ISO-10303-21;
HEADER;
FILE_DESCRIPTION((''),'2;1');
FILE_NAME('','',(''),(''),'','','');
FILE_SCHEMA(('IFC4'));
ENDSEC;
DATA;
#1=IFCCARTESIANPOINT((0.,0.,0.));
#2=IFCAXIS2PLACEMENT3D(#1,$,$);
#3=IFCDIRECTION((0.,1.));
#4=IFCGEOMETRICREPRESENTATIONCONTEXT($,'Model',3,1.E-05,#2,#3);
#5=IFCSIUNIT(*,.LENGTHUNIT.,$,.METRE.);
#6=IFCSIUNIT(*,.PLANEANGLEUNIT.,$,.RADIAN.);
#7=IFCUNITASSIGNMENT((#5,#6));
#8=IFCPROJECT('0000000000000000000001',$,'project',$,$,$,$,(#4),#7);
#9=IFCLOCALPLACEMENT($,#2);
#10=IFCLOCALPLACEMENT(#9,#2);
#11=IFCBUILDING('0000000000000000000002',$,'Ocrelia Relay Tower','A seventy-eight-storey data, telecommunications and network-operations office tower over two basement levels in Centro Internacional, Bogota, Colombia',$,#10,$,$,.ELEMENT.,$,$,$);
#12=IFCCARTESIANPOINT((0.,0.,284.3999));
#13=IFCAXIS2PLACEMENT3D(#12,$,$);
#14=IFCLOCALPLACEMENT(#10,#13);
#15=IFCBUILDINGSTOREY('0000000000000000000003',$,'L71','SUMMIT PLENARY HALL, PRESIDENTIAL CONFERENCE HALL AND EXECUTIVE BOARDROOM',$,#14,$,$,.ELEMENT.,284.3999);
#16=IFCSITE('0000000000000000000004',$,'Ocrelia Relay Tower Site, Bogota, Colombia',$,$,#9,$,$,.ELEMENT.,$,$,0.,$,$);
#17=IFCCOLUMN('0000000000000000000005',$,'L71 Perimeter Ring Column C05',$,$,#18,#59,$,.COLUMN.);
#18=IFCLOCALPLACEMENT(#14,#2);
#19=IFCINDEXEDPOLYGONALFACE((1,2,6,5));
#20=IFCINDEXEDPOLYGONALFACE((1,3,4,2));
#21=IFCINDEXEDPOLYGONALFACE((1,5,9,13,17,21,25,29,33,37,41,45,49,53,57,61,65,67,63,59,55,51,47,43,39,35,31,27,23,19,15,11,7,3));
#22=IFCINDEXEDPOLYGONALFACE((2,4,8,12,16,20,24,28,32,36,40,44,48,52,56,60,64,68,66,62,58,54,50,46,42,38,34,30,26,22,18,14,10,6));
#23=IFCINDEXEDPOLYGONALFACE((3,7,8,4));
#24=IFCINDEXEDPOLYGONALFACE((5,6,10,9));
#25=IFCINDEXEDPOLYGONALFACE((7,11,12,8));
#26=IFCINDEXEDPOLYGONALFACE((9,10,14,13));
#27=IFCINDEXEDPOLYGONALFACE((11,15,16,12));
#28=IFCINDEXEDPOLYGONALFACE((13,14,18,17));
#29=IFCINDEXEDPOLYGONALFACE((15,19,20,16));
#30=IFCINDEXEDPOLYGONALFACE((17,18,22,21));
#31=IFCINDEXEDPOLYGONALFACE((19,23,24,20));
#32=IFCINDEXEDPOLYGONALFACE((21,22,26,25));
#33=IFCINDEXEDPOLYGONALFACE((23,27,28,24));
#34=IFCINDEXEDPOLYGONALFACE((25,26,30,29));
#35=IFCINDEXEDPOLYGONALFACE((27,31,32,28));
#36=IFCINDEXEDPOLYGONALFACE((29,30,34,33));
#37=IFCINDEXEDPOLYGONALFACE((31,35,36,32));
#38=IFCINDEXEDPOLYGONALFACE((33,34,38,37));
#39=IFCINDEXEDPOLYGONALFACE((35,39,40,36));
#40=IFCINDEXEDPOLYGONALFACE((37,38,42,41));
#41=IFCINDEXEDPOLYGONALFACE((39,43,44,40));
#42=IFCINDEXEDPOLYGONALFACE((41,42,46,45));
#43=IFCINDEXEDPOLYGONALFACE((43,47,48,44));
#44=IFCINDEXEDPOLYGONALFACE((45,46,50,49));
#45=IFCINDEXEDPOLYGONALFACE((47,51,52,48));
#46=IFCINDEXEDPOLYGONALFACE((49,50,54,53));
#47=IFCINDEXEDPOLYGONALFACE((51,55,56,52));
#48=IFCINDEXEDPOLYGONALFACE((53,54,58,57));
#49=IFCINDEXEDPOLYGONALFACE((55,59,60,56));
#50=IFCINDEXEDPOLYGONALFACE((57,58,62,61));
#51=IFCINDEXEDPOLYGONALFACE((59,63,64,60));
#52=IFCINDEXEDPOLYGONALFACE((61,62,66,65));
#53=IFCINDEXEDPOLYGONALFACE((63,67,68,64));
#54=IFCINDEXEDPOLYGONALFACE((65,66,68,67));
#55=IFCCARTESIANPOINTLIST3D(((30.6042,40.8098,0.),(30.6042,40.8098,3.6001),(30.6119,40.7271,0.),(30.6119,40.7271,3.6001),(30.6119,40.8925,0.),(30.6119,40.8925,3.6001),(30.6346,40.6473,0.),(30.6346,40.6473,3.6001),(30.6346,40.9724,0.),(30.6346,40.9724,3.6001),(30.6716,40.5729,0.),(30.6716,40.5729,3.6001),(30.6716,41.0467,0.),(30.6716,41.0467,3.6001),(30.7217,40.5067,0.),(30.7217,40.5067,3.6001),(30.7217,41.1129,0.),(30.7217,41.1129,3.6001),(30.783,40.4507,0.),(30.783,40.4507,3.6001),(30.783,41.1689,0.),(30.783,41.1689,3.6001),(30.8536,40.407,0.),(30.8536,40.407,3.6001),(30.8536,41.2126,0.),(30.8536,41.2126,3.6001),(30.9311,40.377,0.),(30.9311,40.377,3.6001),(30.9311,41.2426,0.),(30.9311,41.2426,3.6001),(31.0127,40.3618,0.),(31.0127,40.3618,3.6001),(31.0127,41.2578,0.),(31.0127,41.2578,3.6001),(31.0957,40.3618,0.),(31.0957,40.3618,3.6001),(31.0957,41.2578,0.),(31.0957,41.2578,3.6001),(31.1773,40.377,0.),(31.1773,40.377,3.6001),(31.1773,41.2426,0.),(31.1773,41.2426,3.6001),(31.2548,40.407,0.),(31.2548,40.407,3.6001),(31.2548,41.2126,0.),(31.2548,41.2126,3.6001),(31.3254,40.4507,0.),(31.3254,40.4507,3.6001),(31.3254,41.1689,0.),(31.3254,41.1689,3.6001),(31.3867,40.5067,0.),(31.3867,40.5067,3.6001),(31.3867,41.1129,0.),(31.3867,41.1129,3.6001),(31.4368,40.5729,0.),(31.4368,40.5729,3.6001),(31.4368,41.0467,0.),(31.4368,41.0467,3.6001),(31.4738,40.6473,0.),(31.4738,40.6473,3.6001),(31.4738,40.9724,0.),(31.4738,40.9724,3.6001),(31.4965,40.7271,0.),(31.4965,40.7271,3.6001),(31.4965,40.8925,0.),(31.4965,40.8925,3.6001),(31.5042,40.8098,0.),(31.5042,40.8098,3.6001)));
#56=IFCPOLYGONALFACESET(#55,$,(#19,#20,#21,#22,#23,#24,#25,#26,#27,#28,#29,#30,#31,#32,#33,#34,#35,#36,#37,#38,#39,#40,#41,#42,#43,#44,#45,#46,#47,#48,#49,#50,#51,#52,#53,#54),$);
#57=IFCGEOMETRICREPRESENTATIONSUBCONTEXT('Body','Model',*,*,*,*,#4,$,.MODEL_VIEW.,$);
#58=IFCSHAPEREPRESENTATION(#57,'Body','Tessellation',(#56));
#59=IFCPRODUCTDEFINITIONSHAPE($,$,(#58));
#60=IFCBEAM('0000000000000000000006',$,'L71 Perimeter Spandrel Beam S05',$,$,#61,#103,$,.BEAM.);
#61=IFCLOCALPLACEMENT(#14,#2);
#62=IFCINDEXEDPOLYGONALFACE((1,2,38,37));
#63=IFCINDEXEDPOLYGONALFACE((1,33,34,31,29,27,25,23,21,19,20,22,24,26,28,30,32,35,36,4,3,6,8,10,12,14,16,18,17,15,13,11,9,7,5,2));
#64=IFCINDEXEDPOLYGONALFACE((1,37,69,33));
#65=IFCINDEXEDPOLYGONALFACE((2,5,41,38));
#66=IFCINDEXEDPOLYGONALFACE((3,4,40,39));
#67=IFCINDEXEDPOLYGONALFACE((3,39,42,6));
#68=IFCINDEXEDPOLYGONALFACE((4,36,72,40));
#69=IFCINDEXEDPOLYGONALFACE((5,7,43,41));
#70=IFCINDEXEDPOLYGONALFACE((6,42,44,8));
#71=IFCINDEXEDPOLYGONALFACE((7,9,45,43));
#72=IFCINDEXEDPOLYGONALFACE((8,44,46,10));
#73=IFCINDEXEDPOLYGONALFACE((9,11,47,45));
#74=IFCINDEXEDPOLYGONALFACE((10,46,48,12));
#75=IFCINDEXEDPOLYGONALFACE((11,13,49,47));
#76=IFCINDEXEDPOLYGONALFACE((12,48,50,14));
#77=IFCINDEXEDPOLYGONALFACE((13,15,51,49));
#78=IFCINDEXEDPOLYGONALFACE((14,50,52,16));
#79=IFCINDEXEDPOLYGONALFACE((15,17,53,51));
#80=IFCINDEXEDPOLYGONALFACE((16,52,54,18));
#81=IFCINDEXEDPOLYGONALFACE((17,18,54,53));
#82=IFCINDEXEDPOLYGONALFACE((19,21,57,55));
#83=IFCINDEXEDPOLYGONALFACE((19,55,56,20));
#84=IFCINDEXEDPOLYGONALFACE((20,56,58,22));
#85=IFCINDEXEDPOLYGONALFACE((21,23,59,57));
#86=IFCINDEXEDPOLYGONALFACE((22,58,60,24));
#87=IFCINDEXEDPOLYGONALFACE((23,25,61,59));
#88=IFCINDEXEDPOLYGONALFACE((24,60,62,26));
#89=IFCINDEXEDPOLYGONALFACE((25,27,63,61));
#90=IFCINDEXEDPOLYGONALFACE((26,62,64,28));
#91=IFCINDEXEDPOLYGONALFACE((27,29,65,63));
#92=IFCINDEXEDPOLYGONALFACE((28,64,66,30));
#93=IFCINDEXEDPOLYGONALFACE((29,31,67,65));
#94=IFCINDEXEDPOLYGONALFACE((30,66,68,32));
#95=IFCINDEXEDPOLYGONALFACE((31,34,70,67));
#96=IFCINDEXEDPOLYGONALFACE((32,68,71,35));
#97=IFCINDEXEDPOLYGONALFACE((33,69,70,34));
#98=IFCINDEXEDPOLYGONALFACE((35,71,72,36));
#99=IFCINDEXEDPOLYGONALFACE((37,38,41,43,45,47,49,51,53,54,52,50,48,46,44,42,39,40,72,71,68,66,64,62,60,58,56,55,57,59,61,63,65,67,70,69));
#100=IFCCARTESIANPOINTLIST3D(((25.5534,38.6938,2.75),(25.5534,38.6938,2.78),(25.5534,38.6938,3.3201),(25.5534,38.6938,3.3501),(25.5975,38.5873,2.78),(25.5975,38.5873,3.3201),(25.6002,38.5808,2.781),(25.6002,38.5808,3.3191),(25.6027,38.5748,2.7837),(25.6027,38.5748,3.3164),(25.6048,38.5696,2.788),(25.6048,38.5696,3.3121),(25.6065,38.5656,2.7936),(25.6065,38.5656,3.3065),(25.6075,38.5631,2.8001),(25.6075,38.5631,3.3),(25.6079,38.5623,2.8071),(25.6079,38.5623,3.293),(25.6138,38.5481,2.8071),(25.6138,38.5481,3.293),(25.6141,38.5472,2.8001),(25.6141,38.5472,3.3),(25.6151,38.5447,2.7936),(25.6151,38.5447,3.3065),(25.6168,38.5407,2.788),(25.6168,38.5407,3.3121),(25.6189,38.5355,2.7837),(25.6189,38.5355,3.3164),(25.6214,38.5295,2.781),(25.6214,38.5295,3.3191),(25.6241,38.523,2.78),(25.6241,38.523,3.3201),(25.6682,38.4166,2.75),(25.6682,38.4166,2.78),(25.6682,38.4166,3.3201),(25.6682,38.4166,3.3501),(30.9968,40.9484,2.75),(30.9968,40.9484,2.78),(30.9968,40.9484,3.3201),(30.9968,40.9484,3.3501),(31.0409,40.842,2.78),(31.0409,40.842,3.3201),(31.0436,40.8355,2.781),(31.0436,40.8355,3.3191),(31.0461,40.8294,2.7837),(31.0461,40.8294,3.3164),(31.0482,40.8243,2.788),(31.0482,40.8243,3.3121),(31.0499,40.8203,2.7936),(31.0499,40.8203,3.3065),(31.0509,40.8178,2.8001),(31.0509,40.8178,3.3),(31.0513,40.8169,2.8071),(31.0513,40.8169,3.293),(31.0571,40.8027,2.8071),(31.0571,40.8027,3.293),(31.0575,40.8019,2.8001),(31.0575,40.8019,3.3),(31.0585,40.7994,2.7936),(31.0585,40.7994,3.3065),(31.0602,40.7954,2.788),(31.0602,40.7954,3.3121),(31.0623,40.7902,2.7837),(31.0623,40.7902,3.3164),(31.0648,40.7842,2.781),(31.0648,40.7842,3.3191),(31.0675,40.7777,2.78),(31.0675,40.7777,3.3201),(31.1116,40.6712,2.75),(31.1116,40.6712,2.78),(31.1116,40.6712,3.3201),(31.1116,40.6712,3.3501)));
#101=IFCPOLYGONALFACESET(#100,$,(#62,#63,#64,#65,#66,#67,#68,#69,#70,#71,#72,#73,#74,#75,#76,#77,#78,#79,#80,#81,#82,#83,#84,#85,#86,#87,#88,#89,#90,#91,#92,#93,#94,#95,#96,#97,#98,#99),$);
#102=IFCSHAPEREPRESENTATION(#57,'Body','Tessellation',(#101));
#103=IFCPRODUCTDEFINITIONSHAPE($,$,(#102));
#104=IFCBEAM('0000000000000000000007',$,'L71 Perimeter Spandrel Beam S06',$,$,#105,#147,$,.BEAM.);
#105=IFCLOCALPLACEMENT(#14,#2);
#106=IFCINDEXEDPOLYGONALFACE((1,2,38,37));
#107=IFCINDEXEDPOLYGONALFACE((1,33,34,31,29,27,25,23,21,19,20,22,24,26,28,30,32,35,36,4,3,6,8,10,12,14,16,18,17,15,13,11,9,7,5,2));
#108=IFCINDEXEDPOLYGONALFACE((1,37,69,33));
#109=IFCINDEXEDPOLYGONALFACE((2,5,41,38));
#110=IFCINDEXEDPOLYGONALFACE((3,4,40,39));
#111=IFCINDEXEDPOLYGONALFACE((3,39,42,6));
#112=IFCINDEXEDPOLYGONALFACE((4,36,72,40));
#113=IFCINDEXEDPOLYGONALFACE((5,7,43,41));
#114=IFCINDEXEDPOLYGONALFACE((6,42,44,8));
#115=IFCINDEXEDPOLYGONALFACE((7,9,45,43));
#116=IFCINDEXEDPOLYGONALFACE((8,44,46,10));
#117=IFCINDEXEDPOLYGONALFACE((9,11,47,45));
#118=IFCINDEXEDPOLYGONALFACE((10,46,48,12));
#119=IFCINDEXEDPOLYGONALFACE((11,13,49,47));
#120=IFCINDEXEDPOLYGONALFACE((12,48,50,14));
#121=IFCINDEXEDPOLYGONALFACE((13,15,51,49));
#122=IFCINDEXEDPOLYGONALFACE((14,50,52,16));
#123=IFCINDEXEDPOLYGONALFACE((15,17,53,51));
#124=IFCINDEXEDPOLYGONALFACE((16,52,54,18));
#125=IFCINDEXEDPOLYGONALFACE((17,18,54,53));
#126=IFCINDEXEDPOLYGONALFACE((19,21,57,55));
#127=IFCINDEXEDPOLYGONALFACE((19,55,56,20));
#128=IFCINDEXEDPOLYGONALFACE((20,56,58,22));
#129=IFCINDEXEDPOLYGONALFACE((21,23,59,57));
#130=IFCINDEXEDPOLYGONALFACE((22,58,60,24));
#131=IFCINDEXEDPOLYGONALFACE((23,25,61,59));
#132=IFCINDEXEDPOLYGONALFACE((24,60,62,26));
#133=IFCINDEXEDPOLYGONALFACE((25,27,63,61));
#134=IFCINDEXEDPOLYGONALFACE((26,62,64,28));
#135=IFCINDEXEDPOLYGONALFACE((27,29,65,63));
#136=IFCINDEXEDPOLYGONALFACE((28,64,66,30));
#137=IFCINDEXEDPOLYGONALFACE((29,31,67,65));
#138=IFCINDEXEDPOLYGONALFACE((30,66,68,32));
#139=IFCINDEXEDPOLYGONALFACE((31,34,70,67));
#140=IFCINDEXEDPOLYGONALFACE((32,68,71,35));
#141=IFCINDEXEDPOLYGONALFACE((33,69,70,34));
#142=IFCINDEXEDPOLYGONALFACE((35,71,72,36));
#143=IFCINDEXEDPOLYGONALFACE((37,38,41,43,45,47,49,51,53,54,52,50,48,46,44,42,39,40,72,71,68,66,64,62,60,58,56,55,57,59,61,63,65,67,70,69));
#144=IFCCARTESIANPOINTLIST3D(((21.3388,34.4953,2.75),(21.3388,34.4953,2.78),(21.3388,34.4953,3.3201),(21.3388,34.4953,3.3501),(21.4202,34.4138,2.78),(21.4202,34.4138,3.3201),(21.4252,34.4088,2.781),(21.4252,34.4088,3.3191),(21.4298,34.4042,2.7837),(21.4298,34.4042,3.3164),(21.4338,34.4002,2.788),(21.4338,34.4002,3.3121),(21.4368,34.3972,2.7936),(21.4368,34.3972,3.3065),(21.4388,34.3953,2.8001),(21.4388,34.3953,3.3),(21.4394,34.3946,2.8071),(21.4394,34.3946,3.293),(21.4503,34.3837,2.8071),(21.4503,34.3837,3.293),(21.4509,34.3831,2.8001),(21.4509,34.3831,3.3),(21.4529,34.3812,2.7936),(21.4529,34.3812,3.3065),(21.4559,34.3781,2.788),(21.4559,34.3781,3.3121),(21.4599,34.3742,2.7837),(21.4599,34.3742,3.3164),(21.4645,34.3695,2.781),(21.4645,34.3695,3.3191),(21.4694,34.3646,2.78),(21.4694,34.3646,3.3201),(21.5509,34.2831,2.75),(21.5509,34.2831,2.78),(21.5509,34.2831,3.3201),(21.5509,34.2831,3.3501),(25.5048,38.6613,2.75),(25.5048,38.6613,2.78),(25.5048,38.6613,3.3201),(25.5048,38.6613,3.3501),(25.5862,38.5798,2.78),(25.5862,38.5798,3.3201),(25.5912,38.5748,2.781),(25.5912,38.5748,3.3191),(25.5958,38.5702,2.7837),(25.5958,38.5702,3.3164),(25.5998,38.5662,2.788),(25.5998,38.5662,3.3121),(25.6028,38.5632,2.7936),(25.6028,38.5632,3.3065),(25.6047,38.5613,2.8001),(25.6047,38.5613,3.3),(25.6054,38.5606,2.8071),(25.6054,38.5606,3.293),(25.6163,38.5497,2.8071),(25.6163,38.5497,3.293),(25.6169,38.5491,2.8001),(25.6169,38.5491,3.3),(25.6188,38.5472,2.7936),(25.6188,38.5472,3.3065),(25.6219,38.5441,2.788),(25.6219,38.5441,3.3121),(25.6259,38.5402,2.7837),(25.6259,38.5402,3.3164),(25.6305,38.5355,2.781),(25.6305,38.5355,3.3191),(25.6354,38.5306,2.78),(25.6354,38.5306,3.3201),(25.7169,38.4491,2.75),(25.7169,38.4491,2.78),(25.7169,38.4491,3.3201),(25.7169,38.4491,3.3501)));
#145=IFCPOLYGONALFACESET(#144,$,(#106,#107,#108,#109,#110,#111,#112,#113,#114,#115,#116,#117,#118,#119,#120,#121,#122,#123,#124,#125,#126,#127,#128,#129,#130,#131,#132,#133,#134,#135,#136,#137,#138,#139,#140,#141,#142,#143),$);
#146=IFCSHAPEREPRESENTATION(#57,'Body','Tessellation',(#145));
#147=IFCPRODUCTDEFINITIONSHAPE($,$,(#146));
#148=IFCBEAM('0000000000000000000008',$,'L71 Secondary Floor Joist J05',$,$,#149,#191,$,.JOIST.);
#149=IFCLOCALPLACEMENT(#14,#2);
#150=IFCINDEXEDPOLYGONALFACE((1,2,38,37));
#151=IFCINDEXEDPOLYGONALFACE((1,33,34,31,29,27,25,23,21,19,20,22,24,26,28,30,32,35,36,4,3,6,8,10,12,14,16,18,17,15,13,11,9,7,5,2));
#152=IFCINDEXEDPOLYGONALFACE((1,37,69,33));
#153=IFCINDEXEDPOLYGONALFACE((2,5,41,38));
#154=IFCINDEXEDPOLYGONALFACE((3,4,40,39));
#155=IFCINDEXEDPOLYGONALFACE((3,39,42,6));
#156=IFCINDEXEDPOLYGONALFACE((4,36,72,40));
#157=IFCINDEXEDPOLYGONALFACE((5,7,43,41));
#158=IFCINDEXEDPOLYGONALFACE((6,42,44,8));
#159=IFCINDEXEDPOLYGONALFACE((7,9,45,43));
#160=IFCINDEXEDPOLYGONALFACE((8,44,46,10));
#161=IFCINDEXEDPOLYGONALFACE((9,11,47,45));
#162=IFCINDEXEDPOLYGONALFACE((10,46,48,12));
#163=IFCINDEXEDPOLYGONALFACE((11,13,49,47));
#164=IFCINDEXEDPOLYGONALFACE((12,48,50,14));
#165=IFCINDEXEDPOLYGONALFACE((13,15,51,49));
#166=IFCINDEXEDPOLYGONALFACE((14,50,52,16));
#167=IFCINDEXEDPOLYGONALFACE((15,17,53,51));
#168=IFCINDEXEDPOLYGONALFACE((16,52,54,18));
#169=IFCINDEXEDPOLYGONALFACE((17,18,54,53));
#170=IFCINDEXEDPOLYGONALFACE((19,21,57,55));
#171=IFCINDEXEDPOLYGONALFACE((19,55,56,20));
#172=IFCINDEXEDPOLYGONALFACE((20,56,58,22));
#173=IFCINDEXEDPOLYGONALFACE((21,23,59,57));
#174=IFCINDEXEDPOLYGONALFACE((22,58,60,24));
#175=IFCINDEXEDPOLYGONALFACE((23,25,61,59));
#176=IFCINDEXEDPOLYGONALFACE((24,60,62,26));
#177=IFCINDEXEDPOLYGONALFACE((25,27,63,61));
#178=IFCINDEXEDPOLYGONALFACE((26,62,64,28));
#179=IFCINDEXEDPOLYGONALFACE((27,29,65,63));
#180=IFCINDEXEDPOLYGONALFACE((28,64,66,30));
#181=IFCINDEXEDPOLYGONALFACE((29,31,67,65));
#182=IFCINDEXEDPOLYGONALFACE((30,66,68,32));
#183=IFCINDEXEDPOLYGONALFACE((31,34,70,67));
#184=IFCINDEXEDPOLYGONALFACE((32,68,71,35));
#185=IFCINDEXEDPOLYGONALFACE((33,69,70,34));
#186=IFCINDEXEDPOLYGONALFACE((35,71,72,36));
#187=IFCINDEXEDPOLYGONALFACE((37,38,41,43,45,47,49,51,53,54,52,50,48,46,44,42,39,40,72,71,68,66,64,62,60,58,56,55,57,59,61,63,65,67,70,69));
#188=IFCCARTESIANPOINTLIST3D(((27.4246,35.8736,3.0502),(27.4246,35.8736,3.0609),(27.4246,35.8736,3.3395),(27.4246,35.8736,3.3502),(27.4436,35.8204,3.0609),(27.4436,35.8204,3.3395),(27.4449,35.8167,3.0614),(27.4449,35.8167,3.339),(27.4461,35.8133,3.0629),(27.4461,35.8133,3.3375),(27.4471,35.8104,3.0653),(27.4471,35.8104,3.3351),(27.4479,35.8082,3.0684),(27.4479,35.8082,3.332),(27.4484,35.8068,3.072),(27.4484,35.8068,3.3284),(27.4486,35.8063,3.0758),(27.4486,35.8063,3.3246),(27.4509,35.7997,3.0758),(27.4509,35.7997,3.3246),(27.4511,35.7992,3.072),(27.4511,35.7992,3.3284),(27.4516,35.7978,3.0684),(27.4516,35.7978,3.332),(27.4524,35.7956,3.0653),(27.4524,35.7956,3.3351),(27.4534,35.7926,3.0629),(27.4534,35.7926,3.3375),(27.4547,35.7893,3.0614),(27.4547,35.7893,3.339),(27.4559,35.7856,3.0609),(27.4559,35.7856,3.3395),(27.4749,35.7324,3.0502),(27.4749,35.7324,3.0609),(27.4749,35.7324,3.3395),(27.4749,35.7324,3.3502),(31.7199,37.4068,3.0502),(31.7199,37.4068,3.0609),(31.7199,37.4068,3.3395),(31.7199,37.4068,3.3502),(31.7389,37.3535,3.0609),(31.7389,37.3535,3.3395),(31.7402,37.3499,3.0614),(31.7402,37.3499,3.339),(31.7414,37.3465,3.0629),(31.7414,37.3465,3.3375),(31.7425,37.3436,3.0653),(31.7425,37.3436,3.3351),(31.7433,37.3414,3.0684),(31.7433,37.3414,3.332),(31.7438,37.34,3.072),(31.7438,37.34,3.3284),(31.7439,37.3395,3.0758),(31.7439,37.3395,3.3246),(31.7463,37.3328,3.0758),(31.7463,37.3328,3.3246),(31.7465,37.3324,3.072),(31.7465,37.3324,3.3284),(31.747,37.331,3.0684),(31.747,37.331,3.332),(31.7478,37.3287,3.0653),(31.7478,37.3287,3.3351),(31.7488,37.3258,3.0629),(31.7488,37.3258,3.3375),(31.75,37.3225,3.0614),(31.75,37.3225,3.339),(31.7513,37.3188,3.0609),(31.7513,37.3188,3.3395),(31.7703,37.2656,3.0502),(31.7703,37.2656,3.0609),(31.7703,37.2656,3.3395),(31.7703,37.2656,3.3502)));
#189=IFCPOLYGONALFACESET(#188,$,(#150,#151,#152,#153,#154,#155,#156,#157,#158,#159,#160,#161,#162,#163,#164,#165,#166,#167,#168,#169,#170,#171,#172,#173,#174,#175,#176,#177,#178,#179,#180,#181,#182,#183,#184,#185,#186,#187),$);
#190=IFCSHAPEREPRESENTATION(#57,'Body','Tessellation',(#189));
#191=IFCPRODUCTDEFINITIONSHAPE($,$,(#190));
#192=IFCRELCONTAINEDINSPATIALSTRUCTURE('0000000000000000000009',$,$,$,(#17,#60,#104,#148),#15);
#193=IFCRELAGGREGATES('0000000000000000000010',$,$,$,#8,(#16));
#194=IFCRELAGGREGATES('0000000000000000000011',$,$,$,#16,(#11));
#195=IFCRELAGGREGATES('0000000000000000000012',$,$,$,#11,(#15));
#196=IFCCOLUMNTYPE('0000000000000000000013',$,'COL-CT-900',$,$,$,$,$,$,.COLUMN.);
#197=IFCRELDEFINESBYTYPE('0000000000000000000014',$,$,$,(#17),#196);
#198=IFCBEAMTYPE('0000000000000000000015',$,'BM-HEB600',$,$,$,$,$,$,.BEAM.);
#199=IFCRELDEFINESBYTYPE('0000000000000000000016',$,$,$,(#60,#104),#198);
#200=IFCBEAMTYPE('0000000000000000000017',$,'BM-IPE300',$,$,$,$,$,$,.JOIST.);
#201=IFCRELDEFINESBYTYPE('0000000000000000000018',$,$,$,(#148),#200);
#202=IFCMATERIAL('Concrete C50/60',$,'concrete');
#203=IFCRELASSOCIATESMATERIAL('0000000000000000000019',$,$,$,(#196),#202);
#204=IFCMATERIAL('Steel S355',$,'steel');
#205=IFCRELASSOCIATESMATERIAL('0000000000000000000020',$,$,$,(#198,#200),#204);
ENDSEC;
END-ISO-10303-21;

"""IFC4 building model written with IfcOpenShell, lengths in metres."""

from ifc_helpers import new_model, si_unit, direction, frame, origin, origin_2d, place, context, subcontext, project, spatial, circle, i_section, extrude, material, material_profile, profile_set, type_object, element, save


model = new_model("IFC4")

# Units and contexts
model_context = context("Model", 3, precision=1e-05, world=origin(), true_north=direction((0.0, 1.0)))
body_context = subcontext(model_context, "Body", "Model", "MODEL_VIEW")
ifc_project = project(units=[si_unit("LENGTHUNIT", "METRE"), si_unit("PLANEANGLEUNIT", "RADIAN")], contexts=[model_context])

# Site, building, storey
site_placement = place(None, origin())
site = spatial("IfcSite", under=ifc_project, at=site_placement, Name="Ocrelia Relay Tower Site, Bogota, Colombia", CompositionType="ELEMENT", RefElevation=0.0)
building_placement = place(site_placement, origin())
building = spatial("IfcBuilding", under=site, at=building_placement, Name="Ocrelia Relay Tower", Description="A seventy-eight-storey data, telecommunications and network-operations office tower over two basement levels in Centro Internacional, Bogota, Colombia", CompositionType="ELEMENT")
storey_placement = place(building_placement, frame((0.0, 0.0, 284.3999)))
storey = spatial("IfcBuildingStorey", under=building, at=storey_placement, Name="L71", Description="SUMMIT PLENARY HALL, PRESIDENTIAL CONFERENCE HALL AND EXECUTIVE BOARDROOM", CompositionType="ELEMENT", Elevation=284.3999)

# Column
ifc_material_1 = material(Name="Concrete C50/60", Category="concrete")
ifc_material_profile_1 = material_profile(ifc_material_1, circle(Radius=0.45, at=origin_2d()), Name="RC-CIR-900")
ifc_profile_set_1 = profile_set([ifc_material_profile_1], Name="Concrete C50/60")
column_type = type_object("IfcColumnType", Name="COL-CT-900", PredefinedType="COLUMN", material=ifc_profile_set_1)
column_placement = place(storey_placement, frame((31.0542, 40.8098, 0.0), z_axis=(0.0, 0.0, 1.0), x_axis=(1.0, 0.0, 0.0)))
element("IfcColumn", 1, at=column_placement, inside=storey, type_object=column_type, Name="L71 Perimeter Ring Column C05", PredefinedType="COLUMN", context=body_context, shape_type="SweptSolid", body=[
    extrude(circle(Radius=0.45, at=origin_2d()), origin(), (0.0, 0.0, 1.0), 3.6001),
])

# Beams
ifc_material_2 = material(Name="Steel S355", Category="steel")
ifc_material_profile_2 = material_profile(ifc_material_2, i_section(OverallWidth=0.3, OverallDepth=0.6001, WebThickness=0.0154, FlangeThickness=0.03, FilletRadius=0.0271, at=origin_2d()), Name="HEB 600")
ifc_profile_set_2 = profile_set([ifc_material_profile_2], Name="Steel S355")
beam_type_1 = type_object("IfcBeamType", Name="BM-HEB600", PredefinedType="BEAM", material=ifc_profile_set_2)
beam_1_placement = place(storey_placement, frame((31.0542, 40.8098, 3.05), z_axis=(-0.923884, -0.382673, 0.0), x_axis=(0.382673, -0.923884, 0.0)))
element("IfcBeam", 2, at=beam_1_placement, inside=storey, type_object=beam_type_1, Name="L71 Perimeter Spandrel Beam S05", PredefinedType="BEAM", context=body_context, shape_type="SweptSolid", body=[
    extrude(i_section(OverallWidth=0.3, OverallDepth=0.6001, WebThickness=0.0154, FlangeThickness=0.03, FilletRadius=0.0271, at=origin_2d()), origin(), (0.0, 0.0, 1.0), 5.8918),
])
beam_2_placement = place(storey_placement, frame((25.6108, 38.5552, 3.05), z_axis=(-0.707107, -0.707107, 0.0), x_axis=(0.707107, -0.707107, 0.0)))
element("IfcBeam", 3, at=beam_2_placement, inside=storey, type_object=beam_type_1, Name="L71 Perimeter Spandrel Beam S06", PredefinedType="BEAM", context=body_context, shape_type="SweptSolid", body=[
    extrude(i_section(OverallWidth=0.3, OverallDepth=0.6001, WebThickness=0.0154, FlangeThickness=0.03, FilletRadius=0.0271, at=origin_2d()), origin(), (0.0, 0.0, 1.0), 5.8916),
])
ifc_material_profile_3 = material_profile(ifc_material_2, i_section(OverallWidth=0.1499, OverallDepth=0.3, WebThickness=0.0071, FlangeThickness=0.0107, FilletRadius=0.0149, at=origin_2d()), Name="IPE 300")
ifc_profile_set_3 = profile_set([ifc_material_profile_3], Name="Steel S355")
beam_type_2 = type_object("IfcBeamType", Name="BM-IPE300", PredefinedType="JOIST", material=ifc_profile_set_3)
beam_3_placement = place(storey_placement, frame((31.7451, 37.3362, 3.2002), z_axis=(-0.941802, -0.336167, 0.0), x_axis=(0.336167, -0.941802, 0.0)))
element("IfcBeam", 4, at=beam_3_placement, inside=storey, type_object=beam_type_2, Name="L71 Secondary Floor Joist J05", PredefinedType="JOIST", context=body_context, shape_type="SweptSolid", body=[
    extrude(i_section(OverallWidth=0.1499, OverallDepth=0.3, WebThickness=0.0071, FlangeThickness=0.0107, FilletRadius=0.0149, at=origin_2d()), origin(), (0.0, 0.0, 1.0), 4.5608),
])

save(model, "model.ifc")
